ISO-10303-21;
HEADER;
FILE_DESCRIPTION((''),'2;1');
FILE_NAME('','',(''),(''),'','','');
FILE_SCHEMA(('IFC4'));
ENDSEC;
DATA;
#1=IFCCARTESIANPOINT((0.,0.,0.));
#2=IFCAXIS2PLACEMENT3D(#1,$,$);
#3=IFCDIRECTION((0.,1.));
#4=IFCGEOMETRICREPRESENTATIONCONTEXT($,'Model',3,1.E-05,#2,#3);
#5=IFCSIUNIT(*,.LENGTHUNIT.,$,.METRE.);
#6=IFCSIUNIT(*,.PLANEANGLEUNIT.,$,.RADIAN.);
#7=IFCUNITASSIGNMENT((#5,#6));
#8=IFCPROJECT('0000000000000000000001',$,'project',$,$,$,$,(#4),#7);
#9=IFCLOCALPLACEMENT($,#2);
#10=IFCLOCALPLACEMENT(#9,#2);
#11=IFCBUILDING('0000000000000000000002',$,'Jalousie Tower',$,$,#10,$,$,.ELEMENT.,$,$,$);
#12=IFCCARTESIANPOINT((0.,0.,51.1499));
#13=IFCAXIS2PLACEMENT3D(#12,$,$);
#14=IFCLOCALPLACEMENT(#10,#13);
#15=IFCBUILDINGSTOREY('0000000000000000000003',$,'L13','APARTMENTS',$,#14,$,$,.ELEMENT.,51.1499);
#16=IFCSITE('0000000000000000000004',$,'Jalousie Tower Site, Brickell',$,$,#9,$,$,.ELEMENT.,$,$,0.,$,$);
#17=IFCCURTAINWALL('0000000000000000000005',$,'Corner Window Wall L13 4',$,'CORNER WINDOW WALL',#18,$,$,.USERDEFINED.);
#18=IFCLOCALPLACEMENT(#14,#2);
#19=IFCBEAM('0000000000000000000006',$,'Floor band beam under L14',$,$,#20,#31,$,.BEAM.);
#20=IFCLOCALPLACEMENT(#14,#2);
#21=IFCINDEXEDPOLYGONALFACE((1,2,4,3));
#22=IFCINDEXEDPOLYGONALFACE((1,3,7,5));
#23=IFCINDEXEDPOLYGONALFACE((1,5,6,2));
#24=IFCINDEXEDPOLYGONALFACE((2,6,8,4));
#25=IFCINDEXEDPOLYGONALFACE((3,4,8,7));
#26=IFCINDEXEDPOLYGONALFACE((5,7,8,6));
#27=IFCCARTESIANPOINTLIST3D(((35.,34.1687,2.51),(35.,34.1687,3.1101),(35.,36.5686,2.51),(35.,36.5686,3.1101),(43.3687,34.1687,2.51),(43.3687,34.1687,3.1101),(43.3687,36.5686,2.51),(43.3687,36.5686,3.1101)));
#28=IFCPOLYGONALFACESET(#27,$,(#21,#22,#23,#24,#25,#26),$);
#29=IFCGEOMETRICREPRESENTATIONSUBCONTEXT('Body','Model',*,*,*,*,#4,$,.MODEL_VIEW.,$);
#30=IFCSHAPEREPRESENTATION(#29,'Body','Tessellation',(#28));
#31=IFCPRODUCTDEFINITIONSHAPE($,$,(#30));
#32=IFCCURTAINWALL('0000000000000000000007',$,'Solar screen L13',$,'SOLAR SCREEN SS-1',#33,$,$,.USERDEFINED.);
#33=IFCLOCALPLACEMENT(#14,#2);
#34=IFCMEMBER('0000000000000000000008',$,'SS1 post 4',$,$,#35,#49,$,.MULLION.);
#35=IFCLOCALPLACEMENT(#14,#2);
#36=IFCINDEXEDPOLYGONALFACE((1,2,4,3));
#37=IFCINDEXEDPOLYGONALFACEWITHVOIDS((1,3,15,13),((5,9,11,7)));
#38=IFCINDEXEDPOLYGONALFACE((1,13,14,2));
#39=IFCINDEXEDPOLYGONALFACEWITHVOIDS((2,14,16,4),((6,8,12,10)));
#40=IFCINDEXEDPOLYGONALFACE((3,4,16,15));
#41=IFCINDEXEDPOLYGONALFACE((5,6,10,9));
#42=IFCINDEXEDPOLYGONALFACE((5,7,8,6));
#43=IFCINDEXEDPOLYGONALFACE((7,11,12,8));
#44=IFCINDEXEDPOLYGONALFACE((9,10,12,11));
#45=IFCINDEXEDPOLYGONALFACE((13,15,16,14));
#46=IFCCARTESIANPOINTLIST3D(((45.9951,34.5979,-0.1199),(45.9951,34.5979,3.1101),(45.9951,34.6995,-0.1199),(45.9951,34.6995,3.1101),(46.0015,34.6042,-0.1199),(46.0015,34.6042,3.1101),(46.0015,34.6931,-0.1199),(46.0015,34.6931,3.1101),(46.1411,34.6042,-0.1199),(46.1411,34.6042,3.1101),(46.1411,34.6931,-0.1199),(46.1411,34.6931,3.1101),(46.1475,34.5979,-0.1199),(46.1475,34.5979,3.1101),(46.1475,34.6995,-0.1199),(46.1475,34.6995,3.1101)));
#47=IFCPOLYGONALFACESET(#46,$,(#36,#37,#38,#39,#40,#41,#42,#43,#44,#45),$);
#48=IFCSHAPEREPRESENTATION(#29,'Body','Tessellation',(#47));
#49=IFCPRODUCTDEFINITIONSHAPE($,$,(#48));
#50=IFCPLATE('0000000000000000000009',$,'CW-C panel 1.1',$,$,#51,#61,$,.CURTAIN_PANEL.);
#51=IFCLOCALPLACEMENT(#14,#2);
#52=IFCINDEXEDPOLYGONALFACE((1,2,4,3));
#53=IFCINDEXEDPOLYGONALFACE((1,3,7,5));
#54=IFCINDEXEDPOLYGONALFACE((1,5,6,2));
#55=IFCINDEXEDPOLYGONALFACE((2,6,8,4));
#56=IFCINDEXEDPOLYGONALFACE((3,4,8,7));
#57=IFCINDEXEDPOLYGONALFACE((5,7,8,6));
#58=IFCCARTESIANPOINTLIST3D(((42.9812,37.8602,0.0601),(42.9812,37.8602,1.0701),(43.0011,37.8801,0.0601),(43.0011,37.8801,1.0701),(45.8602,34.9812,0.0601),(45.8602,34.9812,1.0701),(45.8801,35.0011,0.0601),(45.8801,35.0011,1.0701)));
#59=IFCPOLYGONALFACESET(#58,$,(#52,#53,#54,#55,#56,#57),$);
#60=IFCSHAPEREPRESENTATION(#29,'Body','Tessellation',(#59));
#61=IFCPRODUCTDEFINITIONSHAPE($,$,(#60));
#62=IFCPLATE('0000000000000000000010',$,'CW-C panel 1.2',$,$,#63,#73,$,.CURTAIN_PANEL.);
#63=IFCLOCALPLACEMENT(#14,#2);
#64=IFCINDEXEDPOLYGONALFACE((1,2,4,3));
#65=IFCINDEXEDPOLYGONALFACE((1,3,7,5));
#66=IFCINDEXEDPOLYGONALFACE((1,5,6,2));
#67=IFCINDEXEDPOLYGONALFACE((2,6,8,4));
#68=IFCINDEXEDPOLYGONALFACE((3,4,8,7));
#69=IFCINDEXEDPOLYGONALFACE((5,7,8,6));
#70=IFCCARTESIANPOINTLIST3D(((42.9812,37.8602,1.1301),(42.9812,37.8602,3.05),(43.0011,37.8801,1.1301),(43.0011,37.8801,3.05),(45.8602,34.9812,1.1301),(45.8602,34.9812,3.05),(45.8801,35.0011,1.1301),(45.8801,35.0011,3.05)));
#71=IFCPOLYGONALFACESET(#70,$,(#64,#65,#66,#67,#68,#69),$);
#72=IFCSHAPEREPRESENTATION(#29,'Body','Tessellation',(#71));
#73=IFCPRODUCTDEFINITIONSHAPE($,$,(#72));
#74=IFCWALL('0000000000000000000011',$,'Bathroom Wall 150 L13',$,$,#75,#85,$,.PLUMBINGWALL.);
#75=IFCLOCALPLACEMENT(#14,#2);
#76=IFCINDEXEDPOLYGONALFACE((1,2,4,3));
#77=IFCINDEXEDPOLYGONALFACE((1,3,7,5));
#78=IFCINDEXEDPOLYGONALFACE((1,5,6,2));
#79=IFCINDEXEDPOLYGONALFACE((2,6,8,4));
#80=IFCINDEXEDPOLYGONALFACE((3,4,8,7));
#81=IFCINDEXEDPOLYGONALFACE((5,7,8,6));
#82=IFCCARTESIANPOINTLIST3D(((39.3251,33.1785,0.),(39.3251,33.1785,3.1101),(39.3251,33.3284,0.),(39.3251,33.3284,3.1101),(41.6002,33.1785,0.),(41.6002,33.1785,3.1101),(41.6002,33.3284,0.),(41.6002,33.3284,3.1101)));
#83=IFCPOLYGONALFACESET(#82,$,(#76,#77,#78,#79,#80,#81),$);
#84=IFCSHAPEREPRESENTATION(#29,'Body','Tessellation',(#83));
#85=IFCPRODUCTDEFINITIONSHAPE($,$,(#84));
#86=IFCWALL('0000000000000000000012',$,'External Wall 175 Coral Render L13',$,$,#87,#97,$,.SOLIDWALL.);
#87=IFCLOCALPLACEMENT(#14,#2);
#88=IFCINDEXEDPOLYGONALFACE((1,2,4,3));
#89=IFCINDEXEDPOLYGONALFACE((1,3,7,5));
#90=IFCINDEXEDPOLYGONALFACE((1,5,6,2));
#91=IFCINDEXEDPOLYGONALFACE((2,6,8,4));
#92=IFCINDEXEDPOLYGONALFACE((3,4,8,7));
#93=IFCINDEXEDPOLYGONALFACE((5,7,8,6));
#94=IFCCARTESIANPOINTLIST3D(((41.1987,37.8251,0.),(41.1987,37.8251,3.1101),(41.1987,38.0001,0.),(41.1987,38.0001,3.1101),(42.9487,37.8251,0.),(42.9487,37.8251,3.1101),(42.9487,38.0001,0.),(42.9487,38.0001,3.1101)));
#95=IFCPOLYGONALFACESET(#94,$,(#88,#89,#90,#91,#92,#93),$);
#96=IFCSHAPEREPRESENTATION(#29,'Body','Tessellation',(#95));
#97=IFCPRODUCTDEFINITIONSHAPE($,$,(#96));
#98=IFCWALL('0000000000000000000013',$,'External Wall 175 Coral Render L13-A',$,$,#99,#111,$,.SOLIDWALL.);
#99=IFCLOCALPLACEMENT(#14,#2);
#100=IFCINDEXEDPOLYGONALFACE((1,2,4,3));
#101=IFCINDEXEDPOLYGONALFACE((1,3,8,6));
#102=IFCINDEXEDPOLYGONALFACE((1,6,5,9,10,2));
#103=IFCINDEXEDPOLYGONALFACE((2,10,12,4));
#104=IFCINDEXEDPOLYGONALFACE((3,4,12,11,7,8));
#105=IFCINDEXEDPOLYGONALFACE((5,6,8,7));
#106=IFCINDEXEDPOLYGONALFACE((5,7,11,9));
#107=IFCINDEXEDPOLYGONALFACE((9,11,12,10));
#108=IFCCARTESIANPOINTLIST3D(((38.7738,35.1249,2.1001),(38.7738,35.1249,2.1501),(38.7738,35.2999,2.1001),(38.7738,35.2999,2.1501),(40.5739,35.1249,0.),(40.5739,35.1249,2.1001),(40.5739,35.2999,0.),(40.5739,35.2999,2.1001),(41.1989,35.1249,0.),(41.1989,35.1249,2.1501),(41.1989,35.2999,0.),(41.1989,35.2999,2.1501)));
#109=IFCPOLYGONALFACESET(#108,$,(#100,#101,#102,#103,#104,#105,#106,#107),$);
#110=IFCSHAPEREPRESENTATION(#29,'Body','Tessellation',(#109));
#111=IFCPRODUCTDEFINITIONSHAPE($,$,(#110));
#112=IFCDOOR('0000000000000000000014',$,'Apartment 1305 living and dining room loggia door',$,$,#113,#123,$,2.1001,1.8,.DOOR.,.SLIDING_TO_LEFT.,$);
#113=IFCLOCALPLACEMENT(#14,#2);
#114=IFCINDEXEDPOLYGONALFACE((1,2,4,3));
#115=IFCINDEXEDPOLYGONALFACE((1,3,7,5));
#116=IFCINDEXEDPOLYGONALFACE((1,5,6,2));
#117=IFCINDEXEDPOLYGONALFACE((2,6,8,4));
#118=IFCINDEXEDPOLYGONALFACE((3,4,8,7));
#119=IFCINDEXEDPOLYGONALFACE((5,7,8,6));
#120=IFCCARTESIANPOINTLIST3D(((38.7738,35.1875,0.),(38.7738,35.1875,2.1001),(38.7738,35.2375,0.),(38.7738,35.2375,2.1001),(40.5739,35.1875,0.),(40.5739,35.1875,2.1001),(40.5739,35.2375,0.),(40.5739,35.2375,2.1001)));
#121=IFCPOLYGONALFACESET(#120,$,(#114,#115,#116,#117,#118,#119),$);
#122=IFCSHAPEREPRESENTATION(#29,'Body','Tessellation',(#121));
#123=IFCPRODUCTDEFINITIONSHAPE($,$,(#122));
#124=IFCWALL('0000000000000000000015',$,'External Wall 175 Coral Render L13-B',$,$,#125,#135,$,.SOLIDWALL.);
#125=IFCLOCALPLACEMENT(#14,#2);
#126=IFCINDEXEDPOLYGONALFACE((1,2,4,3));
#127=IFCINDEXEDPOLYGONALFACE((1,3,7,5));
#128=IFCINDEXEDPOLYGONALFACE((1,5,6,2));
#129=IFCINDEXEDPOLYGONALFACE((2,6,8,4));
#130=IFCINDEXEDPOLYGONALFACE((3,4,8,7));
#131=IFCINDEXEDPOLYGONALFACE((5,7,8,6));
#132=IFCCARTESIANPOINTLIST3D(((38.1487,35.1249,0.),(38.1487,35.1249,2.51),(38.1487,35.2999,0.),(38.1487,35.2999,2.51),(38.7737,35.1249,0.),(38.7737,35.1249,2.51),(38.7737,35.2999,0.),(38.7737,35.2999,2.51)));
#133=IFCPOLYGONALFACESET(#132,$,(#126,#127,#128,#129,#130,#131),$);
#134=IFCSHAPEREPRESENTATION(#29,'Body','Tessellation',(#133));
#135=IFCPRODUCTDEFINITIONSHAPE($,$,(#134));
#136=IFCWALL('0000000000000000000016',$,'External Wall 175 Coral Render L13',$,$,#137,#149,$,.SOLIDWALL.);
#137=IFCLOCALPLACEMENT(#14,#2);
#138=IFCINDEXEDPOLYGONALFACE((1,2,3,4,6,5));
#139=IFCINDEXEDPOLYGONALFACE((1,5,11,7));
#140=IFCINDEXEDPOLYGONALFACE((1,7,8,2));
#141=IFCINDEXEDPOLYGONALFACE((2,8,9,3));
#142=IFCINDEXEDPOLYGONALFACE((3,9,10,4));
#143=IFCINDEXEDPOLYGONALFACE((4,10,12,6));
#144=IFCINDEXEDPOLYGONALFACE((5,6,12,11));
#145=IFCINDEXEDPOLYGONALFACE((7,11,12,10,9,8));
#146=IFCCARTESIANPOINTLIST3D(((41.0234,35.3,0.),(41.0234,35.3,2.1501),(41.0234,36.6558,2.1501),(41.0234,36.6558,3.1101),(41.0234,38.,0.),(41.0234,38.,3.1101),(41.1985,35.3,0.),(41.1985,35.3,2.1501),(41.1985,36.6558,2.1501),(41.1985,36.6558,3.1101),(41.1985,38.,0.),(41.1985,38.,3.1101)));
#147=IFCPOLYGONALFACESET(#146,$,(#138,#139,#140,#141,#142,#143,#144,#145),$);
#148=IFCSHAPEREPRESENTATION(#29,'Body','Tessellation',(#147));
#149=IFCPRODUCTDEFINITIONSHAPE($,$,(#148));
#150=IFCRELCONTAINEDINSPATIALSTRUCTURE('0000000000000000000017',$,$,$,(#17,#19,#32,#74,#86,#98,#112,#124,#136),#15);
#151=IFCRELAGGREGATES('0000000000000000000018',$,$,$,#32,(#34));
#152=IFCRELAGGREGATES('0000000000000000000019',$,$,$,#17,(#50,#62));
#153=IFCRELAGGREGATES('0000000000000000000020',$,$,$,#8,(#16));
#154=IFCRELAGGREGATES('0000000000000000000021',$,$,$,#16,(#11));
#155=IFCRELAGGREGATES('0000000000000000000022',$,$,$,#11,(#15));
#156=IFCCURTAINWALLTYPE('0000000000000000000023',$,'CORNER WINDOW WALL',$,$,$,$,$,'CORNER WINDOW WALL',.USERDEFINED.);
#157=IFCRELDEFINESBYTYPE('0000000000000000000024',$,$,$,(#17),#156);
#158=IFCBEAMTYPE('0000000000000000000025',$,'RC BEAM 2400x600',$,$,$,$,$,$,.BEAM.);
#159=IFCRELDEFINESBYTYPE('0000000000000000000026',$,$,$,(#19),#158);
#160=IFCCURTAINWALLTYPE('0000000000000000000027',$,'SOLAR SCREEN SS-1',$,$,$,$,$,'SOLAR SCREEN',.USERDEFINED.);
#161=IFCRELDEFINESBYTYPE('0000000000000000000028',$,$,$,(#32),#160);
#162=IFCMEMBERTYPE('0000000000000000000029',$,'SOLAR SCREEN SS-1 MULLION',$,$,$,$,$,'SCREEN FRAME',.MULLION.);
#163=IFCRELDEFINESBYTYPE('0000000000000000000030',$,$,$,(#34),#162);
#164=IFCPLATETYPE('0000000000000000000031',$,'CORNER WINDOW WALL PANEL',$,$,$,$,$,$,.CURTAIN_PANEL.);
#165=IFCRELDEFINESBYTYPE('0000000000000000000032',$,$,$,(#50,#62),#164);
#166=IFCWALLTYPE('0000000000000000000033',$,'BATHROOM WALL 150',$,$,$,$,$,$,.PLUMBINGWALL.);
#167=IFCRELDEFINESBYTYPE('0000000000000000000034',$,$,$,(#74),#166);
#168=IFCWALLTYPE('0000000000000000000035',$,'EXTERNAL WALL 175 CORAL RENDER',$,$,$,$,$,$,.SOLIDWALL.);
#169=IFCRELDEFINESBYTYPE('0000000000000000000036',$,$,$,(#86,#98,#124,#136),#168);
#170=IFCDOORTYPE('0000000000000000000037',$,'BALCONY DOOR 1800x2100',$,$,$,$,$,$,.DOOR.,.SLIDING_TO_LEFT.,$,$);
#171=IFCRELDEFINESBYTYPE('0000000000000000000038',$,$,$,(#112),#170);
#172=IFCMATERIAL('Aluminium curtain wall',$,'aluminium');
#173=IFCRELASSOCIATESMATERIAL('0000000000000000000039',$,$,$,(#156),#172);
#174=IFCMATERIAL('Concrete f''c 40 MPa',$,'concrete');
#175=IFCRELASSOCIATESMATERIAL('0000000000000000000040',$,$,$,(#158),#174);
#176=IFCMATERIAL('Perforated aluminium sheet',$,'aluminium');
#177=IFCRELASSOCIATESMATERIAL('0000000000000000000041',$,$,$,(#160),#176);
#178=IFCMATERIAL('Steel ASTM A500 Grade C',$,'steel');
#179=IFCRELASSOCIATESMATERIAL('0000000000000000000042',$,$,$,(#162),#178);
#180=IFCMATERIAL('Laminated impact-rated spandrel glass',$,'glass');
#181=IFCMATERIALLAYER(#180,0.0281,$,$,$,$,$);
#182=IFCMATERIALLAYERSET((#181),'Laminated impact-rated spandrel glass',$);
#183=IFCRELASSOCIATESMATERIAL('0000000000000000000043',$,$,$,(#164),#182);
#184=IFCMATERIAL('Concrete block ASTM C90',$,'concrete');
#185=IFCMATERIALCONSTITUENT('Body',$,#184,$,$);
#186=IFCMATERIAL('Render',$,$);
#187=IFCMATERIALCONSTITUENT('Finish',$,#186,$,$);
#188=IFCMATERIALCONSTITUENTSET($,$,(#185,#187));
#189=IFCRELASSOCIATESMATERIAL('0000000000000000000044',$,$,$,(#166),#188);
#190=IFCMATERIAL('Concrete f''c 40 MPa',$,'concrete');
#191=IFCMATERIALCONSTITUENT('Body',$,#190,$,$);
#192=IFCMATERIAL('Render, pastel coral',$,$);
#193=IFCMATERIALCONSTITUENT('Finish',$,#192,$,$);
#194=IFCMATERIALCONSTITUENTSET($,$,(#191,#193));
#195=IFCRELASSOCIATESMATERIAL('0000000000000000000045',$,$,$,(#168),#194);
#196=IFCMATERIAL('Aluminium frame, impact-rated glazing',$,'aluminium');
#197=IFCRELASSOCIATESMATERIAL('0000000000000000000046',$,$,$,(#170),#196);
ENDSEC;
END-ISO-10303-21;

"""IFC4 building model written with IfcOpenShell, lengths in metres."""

from ifc_helpers import new_model, si_unit, direction, frame, frame_2d, origin, origin_2d, place, context, subcontext, project, spatial, polyline, rectangle, hollow_rectangle, outline, extrude, material, layer, layer_set, constituent, constituent_set, material_profile, profile_set, type_object, element, fill, aggregate, save


model = new_model("IFC4")

# Units and contexts
model_context = context("Model", 3, precision=1e-05, world=origin(), true_north=direction((0.0, 1.0)))
body_context = subcontext(model_context, "Body", "Model", "MODEL_VIEW")
ifc_project = project(units=[si_unit("LENGTHUNIT", "METRE"), si_unit("PLANEANGLEUNIT", "RADIAN")], contexts=[model_context])

# Site, building, storey
site_placement = place(None, origin())
site = spatial("IfcSite", under=ifc_project, at=site_placement, Name="Jalousie Tower Site, Brickell", CompositionType="ELEMENT", RefElevation=0.0)
building_placement = place(site_placement, origin())
building = spatial("IfcBuilding", under=site, at=building_placement, Name="Jalousie Tower", CompositionType="ELEMENT")
storey_placement = place(building_placement, frame((0.0, 0.0, 51.1499)))
storey = spatial("IfcBuildingStorey", under=building, at=storey_placement, Name="L13", Description="APARTMENTS", CompositionType="ELEMENT", Elevation=51.1499)

# Curtain wall
ifc_material_1 = material(Name="Aluminium curtain wall", Category="aluminium")
curtain_wall_type_1 = type_object("IfcCurtainWallType", Name="CORNER WINDOW WALL", ElementType="CORNER WINDOW WALL", PredefinedType="USERDEFINED", material=ifc_material_1)
curtain_wall_1_placement = place(storey_placement, origin())
curtain_wall_1 = element("IfcCurtainWall", 1, at=curtain_wall_1_placement, inside=storey, type_object=curtain_wall_type_1, Name="Corner Window Wall L13 4", ObjectType="CORNER WINDOW WALL", PredefinedType="USERDEFINED")

# Beam
ifc_material_2 = material(Name="Concrete f'c 40 MPa", Category="concrete")
ifc_material_profile_1 = material_profile(ifc_material_2, rectangle(XDim=2.3999, YDim=0.6001, at=origin_2d()), Name="RC 2400x600")
ifc_profile_set_1 = profile_set([ifc_material_profile_1], Name="Concrete f'c 40 MPa")
beam_type_1 = type_object("IfcBeamType", Name="RC BEAM 2400x600", PredefinedType="BEAM", material=ifc_profile_set_1)
beam_1_placement = place(storey_placement, frame((43.3687, 35.3687, 2.8101), z_axis=(-1.0, 0.0, 0.0), x_axis=(0.0, -1.0, 0.0)))
element("IfcBeam", 2, at=beam_1_placement, inside=storey, type_object=beam_type_1, Name="Floor band beam under L14", PredefinedType="BEAM", context=body_context, shape_type="SweptSolid", body=[
    extrude(rectangle(XDim=2.3999, YDim=0.6001, at=origin_2d()), origin(), (0.0, 0.0, 1.0), 8.3687),
])

# Curtain wall, member
ifc_material_3 = material(Name="Perforated aluminium sheet", Category="aluminium")
curtain_wall_type_2 = type_object("IfcCurtainWallType", Name="SOLAR SCREEN SS-1", ElementType="SOLAR SCREEN", PredefinedType="USERDEFINED", material=ifc_material_3)
curtain_wall_2_placement = place(storey_placement, origin())
curtain_wall_2 = element("IfcCurtainWall", 3, at=curtain_wall_2_placement, inside=storey, type_object=curtain_wall_type_2, Name="Solar screen L13", ObjectType="SOLAR SCREEN SS-1", PredefinedType="USERDEFINED")
ifc_material_4 = material(Name="Steel ASTM A500 Grade C", Category="steel")
ifc_material_profile_2 = material_profile(ifc_material_4, hollow_rectangle(XDim=0.1016, YDim=0.1523, WallThickness=0.0063, at=origin_2d()), Name="HSS6X4X1/4")
ifc_profile_set_2 = profile_set([ifc_material_profile_2], Name="Steel ASTM A500 Grade C")
member_type_1 = type_object("IfcMemberType", Name="SOLAR SCREEN SS-1 MULLION", ElementType="SCREEN FRAME", PredefinedType="MULLION", material=ifc_profile_set_2)
member_1_placement = place(storey_placement, frame((46.0713, 34.6487, -0.1199), z_axis=(0.0, 0.0, 1.0), x_axis=(0.0, 1.0, 0.0)))
member_1 = element("IfcMember", 4, at=member_1_placement, type_object=member_type_1, Name="SS1 post 4", PredefinedType="MULLION", context=body_context, shape_type="SweptSolid", body=[
    extrude(hollow_rectangle(XDim=0.1016, YDim=0.1523, WallThickness=0.0063, at=origin_2d()), origin(), (0.0, 0.0, 1.0), 3.23),
])
aggregate(curtain_wall_2, [member_1])

# Plates
ifc_material_5 = material(Name="Laminated impact-rated spandrel glass", Category="glass")
ifc_layer_1 = layer(ifc_material_5, 0.0281)
ifc_layer_set_1 = layer_set([ifc_layer_1], Name="Laminated impact-rated spandrel glass")
plate_type = type_object("IfcPlateType", Name="CORNER WINDOW WALL PANEL", PredefinedType="CURTAIN_PANEL", material=ifc_layer_set_1)
plate_1_placement = place(storey_placement, frame((44.4307, 36.4307, 0.0601), z_axis=(0.0, 0.0, 1.0), x_axis=(-0.707107, 0.707107, 0.0)))
plate_1 = element("IfcPlate", 5, at=plate_1_placement, type_object=plate_type, Name="CW-C panel 1.1", PredefinedType="CURTAIN_PANEL", context=body_context, shape_type="SweptSolid", body=[
    extrude(rectangle(XDim=4.0715, YDim=0.0281, at=origin_2d()), origin(), (0.0, 0.0, 1.0), 1.01),
])
plate_2_placement = place(storey_placement, frame((44.4307, 36.4307, 1.1301), z_axis=(0.0, 0.0, 1.0), x_axis=(-0.707107, 0.707107, 0.0)))
plate_2 = element("IfcPlate", 6, at=plate_2_placement, type_object=plate_type, Name="CW-C panel 1.2", PredefinedType="CURTAIN_PANEL", context=body_context, shape_type="SweptSolid", body=[
    extrude(rectangle(XDim=4.0715, YDim=0.0281, at=origin_2d()), origin(), (0.0, 0.0, 1.0), 1.9199),
])
aggregate(curtain_wall_1, [plate_1, plate_2])

# Walls
ifc_material_6 = material(Name="Concrete block ASTM C90", Category="concrete")
ifc_constituent_1 = constituent(ifc_material_6, Name="Body")
ifc_material_7 = material(Name="Render")
ifc_constituent_2 = constituent(ifc_material_7, Name="Finish")
ifc_constituent_set_1 = constituent_set(constituents=[ifc_constituent_1, ifc_constituent_2])
wall_type_1 = type_object("IfcWallType", Name="BATHROOM WALL 150", PredefinedType="PLUMBINGWALL", material=ifc_constituent_set_1)
wall_1_placement = place(storey_placement, frame((39.325, 33.2534, 0.0), z_axis=(0.0, 0.0, 1.0), x_axis=(1.0, 0.0, 0.0)))
element("IfcWall", 7, at=wall_1_placement, inside=storey, type_object=wall_type_1, Name="Bathroom Wall 150 L13", PredefinedType="PLUMBINGWALL", context=body_context, shape_type="SweptSolid", body=[
    extrude(rectangle(XDim=2.2751, YDim=0.1499, at=frame_2d((1.1377, 0.0))), origin(), (0.0, 0.0, 1.0), 3.1101),
])
ifc_material_8 = material(Name="Concrete f'c 40 MPa", Category="concrete")
ifc_constituent_3 = constituent(ifc_material_8, Name="Body")
ifc_material_9 = material(Name="Render, pastel coral")
ifc_constituent_4 = constituent(ifc_material_9, Name="Finish")
ifc_constituent_set_2 = constituent_set(constituents=[ifc_constituent_3, ifc_constituent_4])
wall_type_2 = type_object("IfcWallType", Name="EXTERNAL WALL 175 CORAL RENDER", PredefinedType="SOLIDWALL", material=ifc_constituent_set_2)
wall_2_placement = place(storey_placement, frame((42.9487, 37.9126, 0.0), z_axis=(0.0, 0.0, 1.0), x_axis=(-1.0, 0.0, 0.0)))
element("IfcWall", 8, at=wall_2_placement, inside=storey, type_object=wall_type_2, Name="External Wall 175 Coral Render L13", PredefinedType="SOLIDWALL", context=body_context, shape_type="SweptSolid", body=[
    extrude(rectangle(XDim=1.75, YDim=0.175, at=frame_2d((0.875, 0.0))), origin(), (0.0, 0.0, 1.0), 3.1101),
])

# Wall, opening, door
wall_3_placement = place(storey_placement, frame((41.1987, 35.2124, 0.0), z_axis=(0.0, 0.0, 1.0), x_axis=(-1.0, 0.0, 0.0)))
wall_3 = element("IfcWall", 9, at=wall_3_placement, inside=storey, type_object=wall_type_2, Name="External Wall 175 Coral Render L13-A", PredefinedType="SOLIDWALL", context=body_context, shape_type="SweptSolid", body=[
    extrude(rectangle(XDim=2.425, YDim=0.175, at=frame_2d((1.2124, 0.0))), origin(), (0.0, 0.0, 1.0), 2.1501),
])
opening_1_placement = place(wall_3_placement, frame((0.625, 0.0, 0.0)))
opening_1 = element("IfcOpeningElement", 10, at=opening_1_placement, cuts=wall_3, PredefinedType="OPENING", context=body_context, shape_type="SweptSolid", body=[
    extrude(rectangle(XDim=1.8, YDim=2.1001, at=frame_2d((0.8999, 1.05))), frame((0.0, 0.0974, 0.0), z_axis=(0.0, -1.0, 0.0), x_axis=(1.0, 0.0, 0.0)), (0.0, 0.0, 1.0), 0.1951),
])
ifc_material_10 = material(Name="Aluminium frame, impact-rated glazing", Category="aluminium")
door_type_1 = type_object("IfcDoorType", Name="BALCONY DOOR 1800x2100", OperationType="SLIDING_TO_LEFT", PredefinedType="DOOR", material=ifc_material_10)
door_1_placement = place(opening_1_placement, origin())
door_1 = element("IfcDoor", 11, at=door_1_placement, inside=storey, type_object=door_type_1, Name="Apartment 1305 living and dining room loggia door", OperationType="SLIDING_TO_LEFT", OverallHeight=2.1001, OverallWidth=1.8, PredefinedType="DOOR", context=body_context, shape_type="SweptSolid", body=[
    extrude(rectangle(XDim=1.8, YDim=2.1001, at=frame_2d((0.8999, 1.05))), frame((0.0, 0.0249, 0.0), z_axis=(0.0, -1.0, 0.0), x_axis=(1.0, 0.0, 0.0)), (0.0, 0.0, 1.0), 0.05),
])
fill(opening_1, door_1)

# Walls
wall_4_placement = place(storey_placement, frame((38.7737, 35.2124, 0.0), z_axis=(0.0, 0.0, 1.0), x_axis=(-1.0, 0.0, 0.0)))
element("IfcWall", 12, at=wall_4_placement, inside=storey, type_object=wall_type_2, Name="External Wall 175 Coral Render L13-B", PredefinedType="SOLIDWALL", context=body_context, shape_type="SweptSolid", body=[
    extrude(rectangle(XDim=0.625, YDim=0.175, at=frame_2d((0.3125, 0.0))), origin(), (0.0, 0.0, 1.0), 2.51),
])
wall_5_placement = place(storey_placement, frame((41.1111, 38.0, 0.0), z_axis=(0.0, 0.0, 1.0), x_axis=(0.0, -1.0, 0.0)))
element("IfcWall", 13, at=wall_5_placement, inside=storey, type_object=wall_type_2, Name="External Wall 175 Coral Render L13", PredefinedType="SOLIDWALL", context=body_context, shape_type="SweptSolid", body=[
    extrude(outline(polyline([(0.0, 0.0), (2.7, 0.0), (2.7, 2.1501), (1.3442, 2.1501), (1.3442, 3.1101), (0.0, 3.1101), (0.0, 0.0)])), frame((0.0, 0.0874, 0.0), z_axis=(0.0, -1.0, 0.0), x_axis=(1.0, 0.0, 0.0)), (0.0, 0.0, 1.0), 0.175),
])

save(model, "model.ifc")
